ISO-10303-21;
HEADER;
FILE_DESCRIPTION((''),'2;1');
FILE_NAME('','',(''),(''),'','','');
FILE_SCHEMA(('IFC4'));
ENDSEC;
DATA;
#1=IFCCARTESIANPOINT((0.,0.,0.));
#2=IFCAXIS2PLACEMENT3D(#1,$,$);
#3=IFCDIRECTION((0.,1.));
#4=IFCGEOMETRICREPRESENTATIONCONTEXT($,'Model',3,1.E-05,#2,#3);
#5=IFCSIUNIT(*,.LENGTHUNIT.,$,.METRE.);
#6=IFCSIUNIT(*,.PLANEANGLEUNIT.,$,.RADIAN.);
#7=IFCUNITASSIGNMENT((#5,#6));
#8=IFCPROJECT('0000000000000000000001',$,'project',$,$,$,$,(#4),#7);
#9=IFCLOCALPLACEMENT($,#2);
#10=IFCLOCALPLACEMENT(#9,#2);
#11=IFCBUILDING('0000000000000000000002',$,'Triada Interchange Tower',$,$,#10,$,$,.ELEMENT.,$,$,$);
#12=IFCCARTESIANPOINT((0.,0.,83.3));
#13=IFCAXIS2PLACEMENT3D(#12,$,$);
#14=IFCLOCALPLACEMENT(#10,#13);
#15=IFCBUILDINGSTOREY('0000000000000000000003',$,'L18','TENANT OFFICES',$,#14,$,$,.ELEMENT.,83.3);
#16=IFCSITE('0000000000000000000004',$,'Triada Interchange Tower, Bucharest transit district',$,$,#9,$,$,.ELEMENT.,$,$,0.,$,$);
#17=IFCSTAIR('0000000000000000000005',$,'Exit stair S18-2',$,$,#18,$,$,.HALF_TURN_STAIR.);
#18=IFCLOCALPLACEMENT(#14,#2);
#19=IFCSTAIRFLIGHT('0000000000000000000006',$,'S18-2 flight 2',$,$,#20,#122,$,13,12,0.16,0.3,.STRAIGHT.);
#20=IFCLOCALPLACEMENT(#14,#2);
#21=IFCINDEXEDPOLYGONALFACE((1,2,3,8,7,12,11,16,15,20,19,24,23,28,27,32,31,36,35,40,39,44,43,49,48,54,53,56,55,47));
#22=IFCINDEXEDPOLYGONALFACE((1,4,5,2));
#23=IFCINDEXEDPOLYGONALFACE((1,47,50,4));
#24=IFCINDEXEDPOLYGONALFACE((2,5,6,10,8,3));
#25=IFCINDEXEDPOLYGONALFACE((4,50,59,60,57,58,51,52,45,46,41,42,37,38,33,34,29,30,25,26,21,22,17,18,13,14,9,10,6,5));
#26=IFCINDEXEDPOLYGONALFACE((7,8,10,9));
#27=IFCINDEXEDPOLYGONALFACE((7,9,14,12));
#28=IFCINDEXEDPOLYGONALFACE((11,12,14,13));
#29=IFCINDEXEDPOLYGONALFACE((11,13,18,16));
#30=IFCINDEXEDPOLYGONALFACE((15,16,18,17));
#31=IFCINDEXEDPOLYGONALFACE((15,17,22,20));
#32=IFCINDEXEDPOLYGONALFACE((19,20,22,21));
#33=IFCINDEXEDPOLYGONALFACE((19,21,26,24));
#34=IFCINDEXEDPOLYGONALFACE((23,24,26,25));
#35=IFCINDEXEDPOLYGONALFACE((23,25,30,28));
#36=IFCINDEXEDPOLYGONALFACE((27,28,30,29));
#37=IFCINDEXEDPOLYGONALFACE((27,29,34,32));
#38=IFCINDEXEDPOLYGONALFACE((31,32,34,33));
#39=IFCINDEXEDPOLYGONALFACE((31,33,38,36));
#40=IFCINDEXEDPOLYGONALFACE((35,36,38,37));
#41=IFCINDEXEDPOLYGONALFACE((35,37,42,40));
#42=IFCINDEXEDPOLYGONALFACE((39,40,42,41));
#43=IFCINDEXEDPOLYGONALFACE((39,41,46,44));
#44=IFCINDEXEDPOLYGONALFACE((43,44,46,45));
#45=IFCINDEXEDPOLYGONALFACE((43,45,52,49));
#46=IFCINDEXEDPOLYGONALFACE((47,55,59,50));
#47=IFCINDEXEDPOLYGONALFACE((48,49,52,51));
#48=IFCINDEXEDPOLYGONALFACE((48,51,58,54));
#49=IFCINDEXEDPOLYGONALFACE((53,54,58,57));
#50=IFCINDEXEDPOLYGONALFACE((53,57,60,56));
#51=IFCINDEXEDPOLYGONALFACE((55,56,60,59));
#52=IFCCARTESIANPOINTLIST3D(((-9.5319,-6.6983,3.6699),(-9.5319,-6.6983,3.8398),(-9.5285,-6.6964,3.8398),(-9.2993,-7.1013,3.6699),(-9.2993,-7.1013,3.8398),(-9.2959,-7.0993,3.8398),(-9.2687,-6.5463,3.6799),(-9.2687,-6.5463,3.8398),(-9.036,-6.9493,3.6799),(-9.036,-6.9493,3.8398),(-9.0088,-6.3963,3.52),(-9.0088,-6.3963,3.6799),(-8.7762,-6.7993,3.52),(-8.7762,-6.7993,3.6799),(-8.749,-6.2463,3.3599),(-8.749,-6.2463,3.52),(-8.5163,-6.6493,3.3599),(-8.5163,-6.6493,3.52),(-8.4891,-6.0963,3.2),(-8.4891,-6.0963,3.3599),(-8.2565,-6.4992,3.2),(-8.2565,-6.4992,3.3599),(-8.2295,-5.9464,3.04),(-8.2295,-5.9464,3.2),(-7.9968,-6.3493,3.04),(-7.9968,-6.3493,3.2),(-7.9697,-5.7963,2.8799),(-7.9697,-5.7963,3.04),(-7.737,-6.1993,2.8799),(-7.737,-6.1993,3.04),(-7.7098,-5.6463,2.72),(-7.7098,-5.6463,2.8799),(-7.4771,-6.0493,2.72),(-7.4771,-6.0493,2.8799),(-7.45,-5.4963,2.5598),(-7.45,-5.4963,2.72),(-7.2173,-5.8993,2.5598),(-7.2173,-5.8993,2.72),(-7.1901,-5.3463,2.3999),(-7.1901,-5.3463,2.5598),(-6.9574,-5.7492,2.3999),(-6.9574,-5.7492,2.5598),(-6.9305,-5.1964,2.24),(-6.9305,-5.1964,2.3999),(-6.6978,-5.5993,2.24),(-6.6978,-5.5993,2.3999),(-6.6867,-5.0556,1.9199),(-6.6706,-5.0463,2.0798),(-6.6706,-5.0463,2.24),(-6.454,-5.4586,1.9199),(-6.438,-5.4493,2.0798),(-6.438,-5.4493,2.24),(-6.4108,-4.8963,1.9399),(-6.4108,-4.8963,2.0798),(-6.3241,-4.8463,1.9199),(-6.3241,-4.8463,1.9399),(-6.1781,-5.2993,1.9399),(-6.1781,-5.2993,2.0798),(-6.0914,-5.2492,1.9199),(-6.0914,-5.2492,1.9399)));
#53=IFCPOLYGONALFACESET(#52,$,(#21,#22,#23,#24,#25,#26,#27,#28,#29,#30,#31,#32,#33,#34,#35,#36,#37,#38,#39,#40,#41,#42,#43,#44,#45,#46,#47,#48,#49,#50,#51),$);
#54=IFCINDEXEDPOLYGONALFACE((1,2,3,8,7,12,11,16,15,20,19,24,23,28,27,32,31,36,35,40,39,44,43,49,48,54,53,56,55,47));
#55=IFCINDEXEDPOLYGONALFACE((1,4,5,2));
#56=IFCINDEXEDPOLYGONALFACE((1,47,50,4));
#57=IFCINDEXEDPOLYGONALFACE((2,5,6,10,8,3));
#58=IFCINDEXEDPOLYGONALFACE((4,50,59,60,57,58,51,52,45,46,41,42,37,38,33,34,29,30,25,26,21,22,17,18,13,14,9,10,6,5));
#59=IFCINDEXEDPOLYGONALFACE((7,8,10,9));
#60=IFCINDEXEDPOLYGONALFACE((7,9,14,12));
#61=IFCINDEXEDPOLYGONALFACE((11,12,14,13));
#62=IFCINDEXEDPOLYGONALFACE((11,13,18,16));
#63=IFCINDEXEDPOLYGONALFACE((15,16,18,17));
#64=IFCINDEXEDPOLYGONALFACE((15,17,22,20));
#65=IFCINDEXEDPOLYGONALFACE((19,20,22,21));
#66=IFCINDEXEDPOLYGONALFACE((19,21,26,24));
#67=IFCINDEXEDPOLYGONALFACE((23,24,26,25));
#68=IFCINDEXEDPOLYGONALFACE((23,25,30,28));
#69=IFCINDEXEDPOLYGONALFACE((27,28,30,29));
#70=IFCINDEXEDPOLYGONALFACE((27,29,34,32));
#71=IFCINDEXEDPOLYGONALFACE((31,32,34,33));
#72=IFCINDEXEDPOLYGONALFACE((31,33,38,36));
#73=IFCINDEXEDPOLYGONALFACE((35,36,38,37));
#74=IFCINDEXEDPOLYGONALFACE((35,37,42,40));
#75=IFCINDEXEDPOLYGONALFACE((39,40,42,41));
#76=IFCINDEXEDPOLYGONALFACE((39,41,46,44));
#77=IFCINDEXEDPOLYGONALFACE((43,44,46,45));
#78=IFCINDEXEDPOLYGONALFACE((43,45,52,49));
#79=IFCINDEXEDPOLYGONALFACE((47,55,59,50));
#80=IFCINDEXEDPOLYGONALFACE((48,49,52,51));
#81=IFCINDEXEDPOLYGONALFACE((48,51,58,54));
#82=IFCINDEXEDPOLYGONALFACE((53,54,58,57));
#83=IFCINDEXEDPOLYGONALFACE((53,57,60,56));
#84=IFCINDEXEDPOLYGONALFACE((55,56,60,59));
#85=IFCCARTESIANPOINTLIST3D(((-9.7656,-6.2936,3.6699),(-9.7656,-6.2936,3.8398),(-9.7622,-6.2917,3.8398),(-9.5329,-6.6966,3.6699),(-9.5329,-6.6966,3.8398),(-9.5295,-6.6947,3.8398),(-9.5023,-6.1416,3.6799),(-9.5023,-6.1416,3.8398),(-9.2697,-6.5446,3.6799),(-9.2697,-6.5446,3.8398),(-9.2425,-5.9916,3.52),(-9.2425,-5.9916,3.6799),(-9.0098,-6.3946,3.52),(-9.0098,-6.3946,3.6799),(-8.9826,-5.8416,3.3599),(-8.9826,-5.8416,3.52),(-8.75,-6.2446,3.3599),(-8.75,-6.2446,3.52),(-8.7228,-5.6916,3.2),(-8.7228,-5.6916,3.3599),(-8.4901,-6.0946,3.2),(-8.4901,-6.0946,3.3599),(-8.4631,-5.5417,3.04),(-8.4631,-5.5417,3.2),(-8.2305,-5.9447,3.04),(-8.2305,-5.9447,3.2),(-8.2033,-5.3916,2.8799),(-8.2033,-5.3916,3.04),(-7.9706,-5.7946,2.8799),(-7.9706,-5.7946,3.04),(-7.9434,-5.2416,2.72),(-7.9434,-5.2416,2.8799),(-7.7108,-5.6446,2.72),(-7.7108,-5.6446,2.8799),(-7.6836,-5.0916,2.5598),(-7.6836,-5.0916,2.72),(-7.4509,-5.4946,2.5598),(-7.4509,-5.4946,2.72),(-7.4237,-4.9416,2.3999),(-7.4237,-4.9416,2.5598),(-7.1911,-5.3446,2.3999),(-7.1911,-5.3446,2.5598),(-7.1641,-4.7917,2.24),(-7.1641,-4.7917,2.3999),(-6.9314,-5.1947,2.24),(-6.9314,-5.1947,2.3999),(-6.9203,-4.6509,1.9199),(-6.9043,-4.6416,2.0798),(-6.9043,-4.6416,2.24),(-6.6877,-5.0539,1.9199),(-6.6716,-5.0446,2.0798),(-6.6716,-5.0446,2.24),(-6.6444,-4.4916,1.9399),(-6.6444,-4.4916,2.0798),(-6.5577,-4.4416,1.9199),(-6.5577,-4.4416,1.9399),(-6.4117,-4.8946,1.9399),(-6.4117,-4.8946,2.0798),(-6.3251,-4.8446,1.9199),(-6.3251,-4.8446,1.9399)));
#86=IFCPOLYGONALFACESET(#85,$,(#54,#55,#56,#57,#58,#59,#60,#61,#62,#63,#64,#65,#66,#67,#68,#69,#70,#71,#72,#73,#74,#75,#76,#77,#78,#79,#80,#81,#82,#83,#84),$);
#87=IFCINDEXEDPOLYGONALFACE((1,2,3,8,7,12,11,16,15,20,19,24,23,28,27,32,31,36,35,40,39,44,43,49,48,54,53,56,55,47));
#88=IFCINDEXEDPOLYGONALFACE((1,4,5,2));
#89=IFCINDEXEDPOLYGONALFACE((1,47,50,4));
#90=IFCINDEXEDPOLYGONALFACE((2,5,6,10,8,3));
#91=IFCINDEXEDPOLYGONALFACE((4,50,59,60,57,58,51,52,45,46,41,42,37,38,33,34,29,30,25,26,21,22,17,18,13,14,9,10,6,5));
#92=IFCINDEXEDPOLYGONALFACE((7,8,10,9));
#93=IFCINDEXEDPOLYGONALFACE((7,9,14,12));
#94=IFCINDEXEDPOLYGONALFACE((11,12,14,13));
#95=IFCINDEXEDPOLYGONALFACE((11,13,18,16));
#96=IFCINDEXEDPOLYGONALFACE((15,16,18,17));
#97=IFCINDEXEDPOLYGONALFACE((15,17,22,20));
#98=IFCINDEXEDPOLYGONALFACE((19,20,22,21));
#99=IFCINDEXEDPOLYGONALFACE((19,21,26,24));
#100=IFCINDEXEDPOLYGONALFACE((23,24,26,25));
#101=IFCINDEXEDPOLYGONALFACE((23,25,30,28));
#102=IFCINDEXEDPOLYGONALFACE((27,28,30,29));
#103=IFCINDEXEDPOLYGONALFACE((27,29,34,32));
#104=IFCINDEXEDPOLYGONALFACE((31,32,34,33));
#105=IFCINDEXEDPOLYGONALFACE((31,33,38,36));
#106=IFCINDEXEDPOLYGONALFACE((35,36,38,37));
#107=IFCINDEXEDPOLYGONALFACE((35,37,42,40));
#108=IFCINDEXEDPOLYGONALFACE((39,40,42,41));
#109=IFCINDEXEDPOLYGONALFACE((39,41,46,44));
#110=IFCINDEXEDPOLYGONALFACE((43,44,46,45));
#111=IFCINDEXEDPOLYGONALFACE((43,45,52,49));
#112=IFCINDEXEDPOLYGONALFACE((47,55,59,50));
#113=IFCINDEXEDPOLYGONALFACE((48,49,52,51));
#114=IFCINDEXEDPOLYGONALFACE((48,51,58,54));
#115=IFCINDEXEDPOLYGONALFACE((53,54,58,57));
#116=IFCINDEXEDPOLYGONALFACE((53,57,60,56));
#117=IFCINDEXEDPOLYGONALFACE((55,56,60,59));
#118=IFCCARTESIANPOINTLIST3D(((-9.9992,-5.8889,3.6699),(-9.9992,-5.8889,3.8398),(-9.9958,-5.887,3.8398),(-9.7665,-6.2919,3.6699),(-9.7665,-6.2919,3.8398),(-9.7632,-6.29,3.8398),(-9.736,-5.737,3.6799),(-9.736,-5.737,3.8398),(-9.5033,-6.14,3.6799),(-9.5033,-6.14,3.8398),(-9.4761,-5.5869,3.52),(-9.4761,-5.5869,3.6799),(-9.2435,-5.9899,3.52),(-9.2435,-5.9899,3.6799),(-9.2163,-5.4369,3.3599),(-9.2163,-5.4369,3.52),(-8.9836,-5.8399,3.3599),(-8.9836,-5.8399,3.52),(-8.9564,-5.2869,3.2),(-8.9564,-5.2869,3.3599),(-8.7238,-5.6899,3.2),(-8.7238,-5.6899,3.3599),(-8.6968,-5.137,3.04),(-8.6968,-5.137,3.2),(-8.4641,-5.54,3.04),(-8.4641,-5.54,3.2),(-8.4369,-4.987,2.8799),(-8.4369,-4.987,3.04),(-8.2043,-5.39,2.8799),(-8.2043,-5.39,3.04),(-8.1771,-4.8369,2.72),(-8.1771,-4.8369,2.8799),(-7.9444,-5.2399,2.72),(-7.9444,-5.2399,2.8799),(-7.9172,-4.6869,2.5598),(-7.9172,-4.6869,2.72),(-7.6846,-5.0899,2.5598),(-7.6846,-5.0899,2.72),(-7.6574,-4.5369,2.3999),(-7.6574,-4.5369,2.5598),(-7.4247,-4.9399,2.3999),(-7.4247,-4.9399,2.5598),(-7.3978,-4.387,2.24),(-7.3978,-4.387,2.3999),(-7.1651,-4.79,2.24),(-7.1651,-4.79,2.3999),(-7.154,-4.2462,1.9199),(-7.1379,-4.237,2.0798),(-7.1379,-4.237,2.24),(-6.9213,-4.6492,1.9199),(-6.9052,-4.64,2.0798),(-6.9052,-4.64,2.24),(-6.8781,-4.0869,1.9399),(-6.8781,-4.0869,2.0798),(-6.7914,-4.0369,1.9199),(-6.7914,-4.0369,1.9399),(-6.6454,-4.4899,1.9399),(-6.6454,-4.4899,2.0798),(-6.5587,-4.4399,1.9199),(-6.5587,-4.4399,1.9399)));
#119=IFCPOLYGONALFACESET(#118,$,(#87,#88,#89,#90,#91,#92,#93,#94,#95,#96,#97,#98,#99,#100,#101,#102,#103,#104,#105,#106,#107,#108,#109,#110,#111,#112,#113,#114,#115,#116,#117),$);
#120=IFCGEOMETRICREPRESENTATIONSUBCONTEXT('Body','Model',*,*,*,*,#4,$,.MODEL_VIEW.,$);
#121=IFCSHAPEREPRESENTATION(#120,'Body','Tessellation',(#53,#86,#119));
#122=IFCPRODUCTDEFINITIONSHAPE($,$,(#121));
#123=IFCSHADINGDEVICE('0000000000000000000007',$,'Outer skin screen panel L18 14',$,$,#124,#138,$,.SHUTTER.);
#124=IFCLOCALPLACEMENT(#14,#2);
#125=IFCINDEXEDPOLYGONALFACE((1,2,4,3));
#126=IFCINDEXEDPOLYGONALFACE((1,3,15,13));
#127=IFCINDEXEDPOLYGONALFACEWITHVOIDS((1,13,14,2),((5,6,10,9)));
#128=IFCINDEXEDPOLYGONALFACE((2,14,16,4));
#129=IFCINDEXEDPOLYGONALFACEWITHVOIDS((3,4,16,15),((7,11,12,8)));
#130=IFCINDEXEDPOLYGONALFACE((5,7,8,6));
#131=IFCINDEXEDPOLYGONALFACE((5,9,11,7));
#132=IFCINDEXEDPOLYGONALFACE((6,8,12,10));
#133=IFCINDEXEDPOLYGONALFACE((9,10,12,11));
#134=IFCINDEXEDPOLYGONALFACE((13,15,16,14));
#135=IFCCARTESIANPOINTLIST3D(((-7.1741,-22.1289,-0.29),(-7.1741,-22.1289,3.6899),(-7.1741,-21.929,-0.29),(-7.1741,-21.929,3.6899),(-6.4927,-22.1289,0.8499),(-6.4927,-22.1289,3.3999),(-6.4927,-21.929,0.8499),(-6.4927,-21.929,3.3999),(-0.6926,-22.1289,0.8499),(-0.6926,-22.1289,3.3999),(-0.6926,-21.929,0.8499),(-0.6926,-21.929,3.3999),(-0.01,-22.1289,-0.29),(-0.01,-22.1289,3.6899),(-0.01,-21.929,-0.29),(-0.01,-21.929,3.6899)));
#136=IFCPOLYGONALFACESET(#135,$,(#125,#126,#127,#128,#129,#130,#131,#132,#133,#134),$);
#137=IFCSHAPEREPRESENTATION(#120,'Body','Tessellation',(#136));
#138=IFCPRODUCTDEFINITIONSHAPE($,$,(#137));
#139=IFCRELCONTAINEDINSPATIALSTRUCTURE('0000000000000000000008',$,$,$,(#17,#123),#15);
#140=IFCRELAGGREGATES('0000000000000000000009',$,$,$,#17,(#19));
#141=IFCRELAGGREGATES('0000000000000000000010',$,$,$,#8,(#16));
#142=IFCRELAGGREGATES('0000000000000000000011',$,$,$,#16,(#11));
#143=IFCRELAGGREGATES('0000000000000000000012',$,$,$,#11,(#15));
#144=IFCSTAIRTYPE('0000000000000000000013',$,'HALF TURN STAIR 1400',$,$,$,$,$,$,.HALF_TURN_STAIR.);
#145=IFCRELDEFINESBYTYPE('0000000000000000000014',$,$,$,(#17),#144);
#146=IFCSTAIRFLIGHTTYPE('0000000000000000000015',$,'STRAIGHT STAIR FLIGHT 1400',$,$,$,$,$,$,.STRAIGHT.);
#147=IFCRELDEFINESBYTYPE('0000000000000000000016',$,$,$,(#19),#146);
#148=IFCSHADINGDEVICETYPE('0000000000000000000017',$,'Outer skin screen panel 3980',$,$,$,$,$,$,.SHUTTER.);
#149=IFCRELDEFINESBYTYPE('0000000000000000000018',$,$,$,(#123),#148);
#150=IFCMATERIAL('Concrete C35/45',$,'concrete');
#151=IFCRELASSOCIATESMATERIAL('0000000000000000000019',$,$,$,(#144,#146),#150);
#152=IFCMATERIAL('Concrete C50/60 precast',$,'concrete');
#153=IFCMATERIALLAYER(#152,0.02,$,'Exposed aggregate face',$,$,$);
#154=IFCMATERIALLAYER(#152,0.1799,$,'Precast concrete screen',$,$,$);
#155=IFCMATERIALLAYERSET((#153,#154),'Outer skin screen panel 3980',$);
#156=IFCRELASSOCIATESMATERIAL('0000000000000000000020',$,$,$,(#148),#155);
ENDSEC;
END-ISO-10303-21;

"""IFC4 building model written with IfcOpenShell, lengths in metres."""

from ifc_helpers import new_model, si_unit, direction, frame, origin, place, context, subcontext, project, spatial, polyline, outline, extrude, material, layer, layer_set, type_object, element, aggregate, save


model = new_model("IFC4")

# Units and contexts
model_context = context("Model", 3, precision=1e-05, world=origin(), true_north=direction((0.0, 1.0)))
body_context = subcontext(model_context, "Body", "Model", "MODEL_VIEW")
ifc_project = project(units=[si_unit("LENGTHUNIT", "METRE"), si_unit("PLANEANGLEUNIT", "RADIAN")], contexts=[model_context])

# Site, building, storey
site_placement = place(None, origin())
site = spatial("IfcSite", under=ifc_project, at=site_placement, Name="Triada Interchange Tower, Bucharest transit district", CompositionType="ELEMENT", RefElevation=0.0)
building_placement = place(site_placement, origin())
building = spatial("IfcBuilding", under=site, at=building_placement, Name="Triada Interchange Tower", CompositionType="ELEMENT")
storey_placement = place(building_placement, frame((0.0, 0.0, 83.3)))
storey = spatial("IfcBuildingStorey", under=building, at=storey_placement, Name="L18", Description="TENANT OFFICES", CompositionType="ELEMENT", Elevation=83.3)

# Stair, stair flight
ifc_material_1 = material(Name="Concrete C35/45", Category="concrete")
stair_type = type_object("IfcStairType", Name="HALF TURN STAIR 1400", PredefinedType="HALF_TURN_STAIR", material=ifc_material_1)
stair_placement = place(storey_placement, origin())
stair = element("IfcStair", 1, at=stair_placement, inside=storey, type_object=stair_type, Name="Exit stair S18-2", PredefinedType="HALF_TURN_STAIR")
stair_flight_type = type_object("IfcStairFlightType", Name="STRAIGHT STAIR FLIGHT 1400", PredefinedType="STRAIGHT", material=ifc_material_1)
stair_flight_1_placement = place(storey_placement, frame((-6.5281, -4.6931, 1.9199), z_axis=(0.0, 0.0, 1.0), x_axis=(-0.866025, -0.5, 0.0)))
stair_flight_1 = element("IfcStairFlight", 2, at=stair_flight_1_placement, type_object=stair_flight_type, Name="S18-2 flight 2", NumberOfRisers=13, NumberOfTreads=12, PredefinedType="STRAIGHT", RiserHeight=0.16, TreadLength=0.3, context=body_context, shape_type="SweptSolid", body=[
    extrude(outline(polyline([(-0.1001, 0.0), (-0.1001, 0.02), (0.0, 0.02), (0.0, 0.1599), (0.3, 0.1599), (0.3, 0.3201), (0.6001, 0.3201), (0.6001, 0.48), (0.8999, 0.48), (0.8999, 0.6399), (1.2, 0.6399), (1.2, 0.8), (1.5, 0.8), (1.5, 0.96), (1.8, 0.96), (1.8, 1.1201), (2.1001, 1.1201), (2.1001, 1.28), (2.3999, 1.28), (2.3999, 1.4399), (2.7, 1.4399), (2.7, 1.6001), (3.0, 1.6001), (3.0, 1.76), (3.3, 1.76), (3.3, 1.9199), (3.6001, 1.9199), (3.604, 1.9199), (3.604, 2.0801), (3.604, 1.75), (0.3186, 0.0), (-0.1001, 0.0)])), frame((0.0, 0.7, 0.0), z_axis=(0.0, -1.0, 0.0), x_axis=(1.0, 0.0, 0.0)), (0.0, 0.0, 1.0), 0.4653),
    extrude(outline(polyline([(-0.1001, 0.0), (-0.1001, 0.02), (0.0, 0.02), (0.0, 0.1599), (0.3, 0.1599), (0.3, 0.3201), (0.6001, 0.3201), (0.6001, 0.48), (0.8999, 0.48), (0.8999, 0.6399), (1.2, 0.6399), (1.2, 0.8), (1.5, 0.8), (1.5, 0.96), (1.8, 0.96), (1.8, 1.1201), (2.1001, 1.1201), (2.1001, 1.28), (2.3999, 1.28), (2.3999, 1.4399), (2.7, 1.4399), (2.7, 1.6001), (3.0, 1.6001), (3.0, 1.76), (3.3, 1.76), (3.3, 1.9199), (3.6001, 1.9199), (3.604, 1.9199), (3.604, 2.0801), (3.604, 1.75), (0.3186, 0.0), (-0.1001, 0.0)])), frame((0.0, 0.2327, 0.0), z_axis=(0.0, -1.0, 0.0), x_axis=(1.0, 0.0, 0.0)), (0.0, 0.0, 1.0), 0.4653),
    extrude(outline(polyline([(-0.1001, 0.0), (-0.1001, 0.02), (0.0, 0.02), (0.0, 0.1599), (0.3, 0.1599), (0.3, 0.3201), (0.6001, 0.3201), (0.6001, 0.48), (0.8999, 0.48), (0.8999, 0.6399), (1.2, 0.6399), (1.2, 0.8), (1.5, 0.8), (1.5, 0.96), (1.8, 0.96), (1.8, 1.1201), (2.1001, 1.1201), (2.1001, 1.28), (2.3999, 1.28), (2.3999, 1.4399), (2.7, 1.4399), (2.7, 1.6001), (3.0, 1.6001), (3.0, 1.76), (3.3, 1.76), (3.3, 1.9199), (3.6001, 1.9199), (3.604, 1.9199), (3.604, 2.0801), (3.604, 1.75), (0.3186, 0.0), (-0.1001, 0.0)])), frame((0.0, -0.2346, 0.0), z_axis=(0.0, -1.0, 0.0), x_axis=(1.0, 0.0, 0.0)), (0.0, 0.0, 1.0), 0.4653),
])

# Shading device
ifc_material_2 = material(Name="Concrete C50/60 precast", Category="concrete")
ifc_layer_1 = layer(ifc_material_2, 0.02, Name="Exposed aggregate face")
ifc_layer_2 = layer(ifc_material_2, 0.1799, Name="Precast concrete screen")
ifc_layer_set_1 = layer_set([ifc_layer_1, ifc_layer_2], Name="Outer skin screen panel 3980")
shading_device_type = type_object("IfcShadingDeviceType", Name="Outer skin screen panel 3980", PredefinedType="SHUTTER", material=ifc_layer_set_1)
shading_device_placement = place(storey_placement, frame((-7.1741, -21.929, -0.29), z_axis=(0.0, 0.0, 1.0), x_axis=(1.0, 0.0, 0.0)))
element("IfcShadingDevice", 3, at=shading_device_placement, inside=storey, type_object=shading_device_type, Name="Outer skin screen panel L18 14", PredefinedType="SHUTTER", context=body_context, shape_type="SweptSolid", body=[
    extrude(outline(polyline([(0.0, 0.0), (7.1641, 0.0), (7.1641, 3.98), (0.0, 3.98), (0.0, 0.0)]), holes=[polyline([(0.6814, 1.1399), (0.6814, 3.6899), (6.4814, 3.6899), (6.4814, 1.1399), (0.6814, 1.1399)])]), frame((0.0, 0.0, 0.0), z_axis=(0.0, -1.0, 0.0), x_axis=(1.0, 0.0, 0.0)), (0.0, 0.0, 1.0), 0.2),
])

aggregate(stair, [stair_flight_1])

save(model, "model.ifc")
